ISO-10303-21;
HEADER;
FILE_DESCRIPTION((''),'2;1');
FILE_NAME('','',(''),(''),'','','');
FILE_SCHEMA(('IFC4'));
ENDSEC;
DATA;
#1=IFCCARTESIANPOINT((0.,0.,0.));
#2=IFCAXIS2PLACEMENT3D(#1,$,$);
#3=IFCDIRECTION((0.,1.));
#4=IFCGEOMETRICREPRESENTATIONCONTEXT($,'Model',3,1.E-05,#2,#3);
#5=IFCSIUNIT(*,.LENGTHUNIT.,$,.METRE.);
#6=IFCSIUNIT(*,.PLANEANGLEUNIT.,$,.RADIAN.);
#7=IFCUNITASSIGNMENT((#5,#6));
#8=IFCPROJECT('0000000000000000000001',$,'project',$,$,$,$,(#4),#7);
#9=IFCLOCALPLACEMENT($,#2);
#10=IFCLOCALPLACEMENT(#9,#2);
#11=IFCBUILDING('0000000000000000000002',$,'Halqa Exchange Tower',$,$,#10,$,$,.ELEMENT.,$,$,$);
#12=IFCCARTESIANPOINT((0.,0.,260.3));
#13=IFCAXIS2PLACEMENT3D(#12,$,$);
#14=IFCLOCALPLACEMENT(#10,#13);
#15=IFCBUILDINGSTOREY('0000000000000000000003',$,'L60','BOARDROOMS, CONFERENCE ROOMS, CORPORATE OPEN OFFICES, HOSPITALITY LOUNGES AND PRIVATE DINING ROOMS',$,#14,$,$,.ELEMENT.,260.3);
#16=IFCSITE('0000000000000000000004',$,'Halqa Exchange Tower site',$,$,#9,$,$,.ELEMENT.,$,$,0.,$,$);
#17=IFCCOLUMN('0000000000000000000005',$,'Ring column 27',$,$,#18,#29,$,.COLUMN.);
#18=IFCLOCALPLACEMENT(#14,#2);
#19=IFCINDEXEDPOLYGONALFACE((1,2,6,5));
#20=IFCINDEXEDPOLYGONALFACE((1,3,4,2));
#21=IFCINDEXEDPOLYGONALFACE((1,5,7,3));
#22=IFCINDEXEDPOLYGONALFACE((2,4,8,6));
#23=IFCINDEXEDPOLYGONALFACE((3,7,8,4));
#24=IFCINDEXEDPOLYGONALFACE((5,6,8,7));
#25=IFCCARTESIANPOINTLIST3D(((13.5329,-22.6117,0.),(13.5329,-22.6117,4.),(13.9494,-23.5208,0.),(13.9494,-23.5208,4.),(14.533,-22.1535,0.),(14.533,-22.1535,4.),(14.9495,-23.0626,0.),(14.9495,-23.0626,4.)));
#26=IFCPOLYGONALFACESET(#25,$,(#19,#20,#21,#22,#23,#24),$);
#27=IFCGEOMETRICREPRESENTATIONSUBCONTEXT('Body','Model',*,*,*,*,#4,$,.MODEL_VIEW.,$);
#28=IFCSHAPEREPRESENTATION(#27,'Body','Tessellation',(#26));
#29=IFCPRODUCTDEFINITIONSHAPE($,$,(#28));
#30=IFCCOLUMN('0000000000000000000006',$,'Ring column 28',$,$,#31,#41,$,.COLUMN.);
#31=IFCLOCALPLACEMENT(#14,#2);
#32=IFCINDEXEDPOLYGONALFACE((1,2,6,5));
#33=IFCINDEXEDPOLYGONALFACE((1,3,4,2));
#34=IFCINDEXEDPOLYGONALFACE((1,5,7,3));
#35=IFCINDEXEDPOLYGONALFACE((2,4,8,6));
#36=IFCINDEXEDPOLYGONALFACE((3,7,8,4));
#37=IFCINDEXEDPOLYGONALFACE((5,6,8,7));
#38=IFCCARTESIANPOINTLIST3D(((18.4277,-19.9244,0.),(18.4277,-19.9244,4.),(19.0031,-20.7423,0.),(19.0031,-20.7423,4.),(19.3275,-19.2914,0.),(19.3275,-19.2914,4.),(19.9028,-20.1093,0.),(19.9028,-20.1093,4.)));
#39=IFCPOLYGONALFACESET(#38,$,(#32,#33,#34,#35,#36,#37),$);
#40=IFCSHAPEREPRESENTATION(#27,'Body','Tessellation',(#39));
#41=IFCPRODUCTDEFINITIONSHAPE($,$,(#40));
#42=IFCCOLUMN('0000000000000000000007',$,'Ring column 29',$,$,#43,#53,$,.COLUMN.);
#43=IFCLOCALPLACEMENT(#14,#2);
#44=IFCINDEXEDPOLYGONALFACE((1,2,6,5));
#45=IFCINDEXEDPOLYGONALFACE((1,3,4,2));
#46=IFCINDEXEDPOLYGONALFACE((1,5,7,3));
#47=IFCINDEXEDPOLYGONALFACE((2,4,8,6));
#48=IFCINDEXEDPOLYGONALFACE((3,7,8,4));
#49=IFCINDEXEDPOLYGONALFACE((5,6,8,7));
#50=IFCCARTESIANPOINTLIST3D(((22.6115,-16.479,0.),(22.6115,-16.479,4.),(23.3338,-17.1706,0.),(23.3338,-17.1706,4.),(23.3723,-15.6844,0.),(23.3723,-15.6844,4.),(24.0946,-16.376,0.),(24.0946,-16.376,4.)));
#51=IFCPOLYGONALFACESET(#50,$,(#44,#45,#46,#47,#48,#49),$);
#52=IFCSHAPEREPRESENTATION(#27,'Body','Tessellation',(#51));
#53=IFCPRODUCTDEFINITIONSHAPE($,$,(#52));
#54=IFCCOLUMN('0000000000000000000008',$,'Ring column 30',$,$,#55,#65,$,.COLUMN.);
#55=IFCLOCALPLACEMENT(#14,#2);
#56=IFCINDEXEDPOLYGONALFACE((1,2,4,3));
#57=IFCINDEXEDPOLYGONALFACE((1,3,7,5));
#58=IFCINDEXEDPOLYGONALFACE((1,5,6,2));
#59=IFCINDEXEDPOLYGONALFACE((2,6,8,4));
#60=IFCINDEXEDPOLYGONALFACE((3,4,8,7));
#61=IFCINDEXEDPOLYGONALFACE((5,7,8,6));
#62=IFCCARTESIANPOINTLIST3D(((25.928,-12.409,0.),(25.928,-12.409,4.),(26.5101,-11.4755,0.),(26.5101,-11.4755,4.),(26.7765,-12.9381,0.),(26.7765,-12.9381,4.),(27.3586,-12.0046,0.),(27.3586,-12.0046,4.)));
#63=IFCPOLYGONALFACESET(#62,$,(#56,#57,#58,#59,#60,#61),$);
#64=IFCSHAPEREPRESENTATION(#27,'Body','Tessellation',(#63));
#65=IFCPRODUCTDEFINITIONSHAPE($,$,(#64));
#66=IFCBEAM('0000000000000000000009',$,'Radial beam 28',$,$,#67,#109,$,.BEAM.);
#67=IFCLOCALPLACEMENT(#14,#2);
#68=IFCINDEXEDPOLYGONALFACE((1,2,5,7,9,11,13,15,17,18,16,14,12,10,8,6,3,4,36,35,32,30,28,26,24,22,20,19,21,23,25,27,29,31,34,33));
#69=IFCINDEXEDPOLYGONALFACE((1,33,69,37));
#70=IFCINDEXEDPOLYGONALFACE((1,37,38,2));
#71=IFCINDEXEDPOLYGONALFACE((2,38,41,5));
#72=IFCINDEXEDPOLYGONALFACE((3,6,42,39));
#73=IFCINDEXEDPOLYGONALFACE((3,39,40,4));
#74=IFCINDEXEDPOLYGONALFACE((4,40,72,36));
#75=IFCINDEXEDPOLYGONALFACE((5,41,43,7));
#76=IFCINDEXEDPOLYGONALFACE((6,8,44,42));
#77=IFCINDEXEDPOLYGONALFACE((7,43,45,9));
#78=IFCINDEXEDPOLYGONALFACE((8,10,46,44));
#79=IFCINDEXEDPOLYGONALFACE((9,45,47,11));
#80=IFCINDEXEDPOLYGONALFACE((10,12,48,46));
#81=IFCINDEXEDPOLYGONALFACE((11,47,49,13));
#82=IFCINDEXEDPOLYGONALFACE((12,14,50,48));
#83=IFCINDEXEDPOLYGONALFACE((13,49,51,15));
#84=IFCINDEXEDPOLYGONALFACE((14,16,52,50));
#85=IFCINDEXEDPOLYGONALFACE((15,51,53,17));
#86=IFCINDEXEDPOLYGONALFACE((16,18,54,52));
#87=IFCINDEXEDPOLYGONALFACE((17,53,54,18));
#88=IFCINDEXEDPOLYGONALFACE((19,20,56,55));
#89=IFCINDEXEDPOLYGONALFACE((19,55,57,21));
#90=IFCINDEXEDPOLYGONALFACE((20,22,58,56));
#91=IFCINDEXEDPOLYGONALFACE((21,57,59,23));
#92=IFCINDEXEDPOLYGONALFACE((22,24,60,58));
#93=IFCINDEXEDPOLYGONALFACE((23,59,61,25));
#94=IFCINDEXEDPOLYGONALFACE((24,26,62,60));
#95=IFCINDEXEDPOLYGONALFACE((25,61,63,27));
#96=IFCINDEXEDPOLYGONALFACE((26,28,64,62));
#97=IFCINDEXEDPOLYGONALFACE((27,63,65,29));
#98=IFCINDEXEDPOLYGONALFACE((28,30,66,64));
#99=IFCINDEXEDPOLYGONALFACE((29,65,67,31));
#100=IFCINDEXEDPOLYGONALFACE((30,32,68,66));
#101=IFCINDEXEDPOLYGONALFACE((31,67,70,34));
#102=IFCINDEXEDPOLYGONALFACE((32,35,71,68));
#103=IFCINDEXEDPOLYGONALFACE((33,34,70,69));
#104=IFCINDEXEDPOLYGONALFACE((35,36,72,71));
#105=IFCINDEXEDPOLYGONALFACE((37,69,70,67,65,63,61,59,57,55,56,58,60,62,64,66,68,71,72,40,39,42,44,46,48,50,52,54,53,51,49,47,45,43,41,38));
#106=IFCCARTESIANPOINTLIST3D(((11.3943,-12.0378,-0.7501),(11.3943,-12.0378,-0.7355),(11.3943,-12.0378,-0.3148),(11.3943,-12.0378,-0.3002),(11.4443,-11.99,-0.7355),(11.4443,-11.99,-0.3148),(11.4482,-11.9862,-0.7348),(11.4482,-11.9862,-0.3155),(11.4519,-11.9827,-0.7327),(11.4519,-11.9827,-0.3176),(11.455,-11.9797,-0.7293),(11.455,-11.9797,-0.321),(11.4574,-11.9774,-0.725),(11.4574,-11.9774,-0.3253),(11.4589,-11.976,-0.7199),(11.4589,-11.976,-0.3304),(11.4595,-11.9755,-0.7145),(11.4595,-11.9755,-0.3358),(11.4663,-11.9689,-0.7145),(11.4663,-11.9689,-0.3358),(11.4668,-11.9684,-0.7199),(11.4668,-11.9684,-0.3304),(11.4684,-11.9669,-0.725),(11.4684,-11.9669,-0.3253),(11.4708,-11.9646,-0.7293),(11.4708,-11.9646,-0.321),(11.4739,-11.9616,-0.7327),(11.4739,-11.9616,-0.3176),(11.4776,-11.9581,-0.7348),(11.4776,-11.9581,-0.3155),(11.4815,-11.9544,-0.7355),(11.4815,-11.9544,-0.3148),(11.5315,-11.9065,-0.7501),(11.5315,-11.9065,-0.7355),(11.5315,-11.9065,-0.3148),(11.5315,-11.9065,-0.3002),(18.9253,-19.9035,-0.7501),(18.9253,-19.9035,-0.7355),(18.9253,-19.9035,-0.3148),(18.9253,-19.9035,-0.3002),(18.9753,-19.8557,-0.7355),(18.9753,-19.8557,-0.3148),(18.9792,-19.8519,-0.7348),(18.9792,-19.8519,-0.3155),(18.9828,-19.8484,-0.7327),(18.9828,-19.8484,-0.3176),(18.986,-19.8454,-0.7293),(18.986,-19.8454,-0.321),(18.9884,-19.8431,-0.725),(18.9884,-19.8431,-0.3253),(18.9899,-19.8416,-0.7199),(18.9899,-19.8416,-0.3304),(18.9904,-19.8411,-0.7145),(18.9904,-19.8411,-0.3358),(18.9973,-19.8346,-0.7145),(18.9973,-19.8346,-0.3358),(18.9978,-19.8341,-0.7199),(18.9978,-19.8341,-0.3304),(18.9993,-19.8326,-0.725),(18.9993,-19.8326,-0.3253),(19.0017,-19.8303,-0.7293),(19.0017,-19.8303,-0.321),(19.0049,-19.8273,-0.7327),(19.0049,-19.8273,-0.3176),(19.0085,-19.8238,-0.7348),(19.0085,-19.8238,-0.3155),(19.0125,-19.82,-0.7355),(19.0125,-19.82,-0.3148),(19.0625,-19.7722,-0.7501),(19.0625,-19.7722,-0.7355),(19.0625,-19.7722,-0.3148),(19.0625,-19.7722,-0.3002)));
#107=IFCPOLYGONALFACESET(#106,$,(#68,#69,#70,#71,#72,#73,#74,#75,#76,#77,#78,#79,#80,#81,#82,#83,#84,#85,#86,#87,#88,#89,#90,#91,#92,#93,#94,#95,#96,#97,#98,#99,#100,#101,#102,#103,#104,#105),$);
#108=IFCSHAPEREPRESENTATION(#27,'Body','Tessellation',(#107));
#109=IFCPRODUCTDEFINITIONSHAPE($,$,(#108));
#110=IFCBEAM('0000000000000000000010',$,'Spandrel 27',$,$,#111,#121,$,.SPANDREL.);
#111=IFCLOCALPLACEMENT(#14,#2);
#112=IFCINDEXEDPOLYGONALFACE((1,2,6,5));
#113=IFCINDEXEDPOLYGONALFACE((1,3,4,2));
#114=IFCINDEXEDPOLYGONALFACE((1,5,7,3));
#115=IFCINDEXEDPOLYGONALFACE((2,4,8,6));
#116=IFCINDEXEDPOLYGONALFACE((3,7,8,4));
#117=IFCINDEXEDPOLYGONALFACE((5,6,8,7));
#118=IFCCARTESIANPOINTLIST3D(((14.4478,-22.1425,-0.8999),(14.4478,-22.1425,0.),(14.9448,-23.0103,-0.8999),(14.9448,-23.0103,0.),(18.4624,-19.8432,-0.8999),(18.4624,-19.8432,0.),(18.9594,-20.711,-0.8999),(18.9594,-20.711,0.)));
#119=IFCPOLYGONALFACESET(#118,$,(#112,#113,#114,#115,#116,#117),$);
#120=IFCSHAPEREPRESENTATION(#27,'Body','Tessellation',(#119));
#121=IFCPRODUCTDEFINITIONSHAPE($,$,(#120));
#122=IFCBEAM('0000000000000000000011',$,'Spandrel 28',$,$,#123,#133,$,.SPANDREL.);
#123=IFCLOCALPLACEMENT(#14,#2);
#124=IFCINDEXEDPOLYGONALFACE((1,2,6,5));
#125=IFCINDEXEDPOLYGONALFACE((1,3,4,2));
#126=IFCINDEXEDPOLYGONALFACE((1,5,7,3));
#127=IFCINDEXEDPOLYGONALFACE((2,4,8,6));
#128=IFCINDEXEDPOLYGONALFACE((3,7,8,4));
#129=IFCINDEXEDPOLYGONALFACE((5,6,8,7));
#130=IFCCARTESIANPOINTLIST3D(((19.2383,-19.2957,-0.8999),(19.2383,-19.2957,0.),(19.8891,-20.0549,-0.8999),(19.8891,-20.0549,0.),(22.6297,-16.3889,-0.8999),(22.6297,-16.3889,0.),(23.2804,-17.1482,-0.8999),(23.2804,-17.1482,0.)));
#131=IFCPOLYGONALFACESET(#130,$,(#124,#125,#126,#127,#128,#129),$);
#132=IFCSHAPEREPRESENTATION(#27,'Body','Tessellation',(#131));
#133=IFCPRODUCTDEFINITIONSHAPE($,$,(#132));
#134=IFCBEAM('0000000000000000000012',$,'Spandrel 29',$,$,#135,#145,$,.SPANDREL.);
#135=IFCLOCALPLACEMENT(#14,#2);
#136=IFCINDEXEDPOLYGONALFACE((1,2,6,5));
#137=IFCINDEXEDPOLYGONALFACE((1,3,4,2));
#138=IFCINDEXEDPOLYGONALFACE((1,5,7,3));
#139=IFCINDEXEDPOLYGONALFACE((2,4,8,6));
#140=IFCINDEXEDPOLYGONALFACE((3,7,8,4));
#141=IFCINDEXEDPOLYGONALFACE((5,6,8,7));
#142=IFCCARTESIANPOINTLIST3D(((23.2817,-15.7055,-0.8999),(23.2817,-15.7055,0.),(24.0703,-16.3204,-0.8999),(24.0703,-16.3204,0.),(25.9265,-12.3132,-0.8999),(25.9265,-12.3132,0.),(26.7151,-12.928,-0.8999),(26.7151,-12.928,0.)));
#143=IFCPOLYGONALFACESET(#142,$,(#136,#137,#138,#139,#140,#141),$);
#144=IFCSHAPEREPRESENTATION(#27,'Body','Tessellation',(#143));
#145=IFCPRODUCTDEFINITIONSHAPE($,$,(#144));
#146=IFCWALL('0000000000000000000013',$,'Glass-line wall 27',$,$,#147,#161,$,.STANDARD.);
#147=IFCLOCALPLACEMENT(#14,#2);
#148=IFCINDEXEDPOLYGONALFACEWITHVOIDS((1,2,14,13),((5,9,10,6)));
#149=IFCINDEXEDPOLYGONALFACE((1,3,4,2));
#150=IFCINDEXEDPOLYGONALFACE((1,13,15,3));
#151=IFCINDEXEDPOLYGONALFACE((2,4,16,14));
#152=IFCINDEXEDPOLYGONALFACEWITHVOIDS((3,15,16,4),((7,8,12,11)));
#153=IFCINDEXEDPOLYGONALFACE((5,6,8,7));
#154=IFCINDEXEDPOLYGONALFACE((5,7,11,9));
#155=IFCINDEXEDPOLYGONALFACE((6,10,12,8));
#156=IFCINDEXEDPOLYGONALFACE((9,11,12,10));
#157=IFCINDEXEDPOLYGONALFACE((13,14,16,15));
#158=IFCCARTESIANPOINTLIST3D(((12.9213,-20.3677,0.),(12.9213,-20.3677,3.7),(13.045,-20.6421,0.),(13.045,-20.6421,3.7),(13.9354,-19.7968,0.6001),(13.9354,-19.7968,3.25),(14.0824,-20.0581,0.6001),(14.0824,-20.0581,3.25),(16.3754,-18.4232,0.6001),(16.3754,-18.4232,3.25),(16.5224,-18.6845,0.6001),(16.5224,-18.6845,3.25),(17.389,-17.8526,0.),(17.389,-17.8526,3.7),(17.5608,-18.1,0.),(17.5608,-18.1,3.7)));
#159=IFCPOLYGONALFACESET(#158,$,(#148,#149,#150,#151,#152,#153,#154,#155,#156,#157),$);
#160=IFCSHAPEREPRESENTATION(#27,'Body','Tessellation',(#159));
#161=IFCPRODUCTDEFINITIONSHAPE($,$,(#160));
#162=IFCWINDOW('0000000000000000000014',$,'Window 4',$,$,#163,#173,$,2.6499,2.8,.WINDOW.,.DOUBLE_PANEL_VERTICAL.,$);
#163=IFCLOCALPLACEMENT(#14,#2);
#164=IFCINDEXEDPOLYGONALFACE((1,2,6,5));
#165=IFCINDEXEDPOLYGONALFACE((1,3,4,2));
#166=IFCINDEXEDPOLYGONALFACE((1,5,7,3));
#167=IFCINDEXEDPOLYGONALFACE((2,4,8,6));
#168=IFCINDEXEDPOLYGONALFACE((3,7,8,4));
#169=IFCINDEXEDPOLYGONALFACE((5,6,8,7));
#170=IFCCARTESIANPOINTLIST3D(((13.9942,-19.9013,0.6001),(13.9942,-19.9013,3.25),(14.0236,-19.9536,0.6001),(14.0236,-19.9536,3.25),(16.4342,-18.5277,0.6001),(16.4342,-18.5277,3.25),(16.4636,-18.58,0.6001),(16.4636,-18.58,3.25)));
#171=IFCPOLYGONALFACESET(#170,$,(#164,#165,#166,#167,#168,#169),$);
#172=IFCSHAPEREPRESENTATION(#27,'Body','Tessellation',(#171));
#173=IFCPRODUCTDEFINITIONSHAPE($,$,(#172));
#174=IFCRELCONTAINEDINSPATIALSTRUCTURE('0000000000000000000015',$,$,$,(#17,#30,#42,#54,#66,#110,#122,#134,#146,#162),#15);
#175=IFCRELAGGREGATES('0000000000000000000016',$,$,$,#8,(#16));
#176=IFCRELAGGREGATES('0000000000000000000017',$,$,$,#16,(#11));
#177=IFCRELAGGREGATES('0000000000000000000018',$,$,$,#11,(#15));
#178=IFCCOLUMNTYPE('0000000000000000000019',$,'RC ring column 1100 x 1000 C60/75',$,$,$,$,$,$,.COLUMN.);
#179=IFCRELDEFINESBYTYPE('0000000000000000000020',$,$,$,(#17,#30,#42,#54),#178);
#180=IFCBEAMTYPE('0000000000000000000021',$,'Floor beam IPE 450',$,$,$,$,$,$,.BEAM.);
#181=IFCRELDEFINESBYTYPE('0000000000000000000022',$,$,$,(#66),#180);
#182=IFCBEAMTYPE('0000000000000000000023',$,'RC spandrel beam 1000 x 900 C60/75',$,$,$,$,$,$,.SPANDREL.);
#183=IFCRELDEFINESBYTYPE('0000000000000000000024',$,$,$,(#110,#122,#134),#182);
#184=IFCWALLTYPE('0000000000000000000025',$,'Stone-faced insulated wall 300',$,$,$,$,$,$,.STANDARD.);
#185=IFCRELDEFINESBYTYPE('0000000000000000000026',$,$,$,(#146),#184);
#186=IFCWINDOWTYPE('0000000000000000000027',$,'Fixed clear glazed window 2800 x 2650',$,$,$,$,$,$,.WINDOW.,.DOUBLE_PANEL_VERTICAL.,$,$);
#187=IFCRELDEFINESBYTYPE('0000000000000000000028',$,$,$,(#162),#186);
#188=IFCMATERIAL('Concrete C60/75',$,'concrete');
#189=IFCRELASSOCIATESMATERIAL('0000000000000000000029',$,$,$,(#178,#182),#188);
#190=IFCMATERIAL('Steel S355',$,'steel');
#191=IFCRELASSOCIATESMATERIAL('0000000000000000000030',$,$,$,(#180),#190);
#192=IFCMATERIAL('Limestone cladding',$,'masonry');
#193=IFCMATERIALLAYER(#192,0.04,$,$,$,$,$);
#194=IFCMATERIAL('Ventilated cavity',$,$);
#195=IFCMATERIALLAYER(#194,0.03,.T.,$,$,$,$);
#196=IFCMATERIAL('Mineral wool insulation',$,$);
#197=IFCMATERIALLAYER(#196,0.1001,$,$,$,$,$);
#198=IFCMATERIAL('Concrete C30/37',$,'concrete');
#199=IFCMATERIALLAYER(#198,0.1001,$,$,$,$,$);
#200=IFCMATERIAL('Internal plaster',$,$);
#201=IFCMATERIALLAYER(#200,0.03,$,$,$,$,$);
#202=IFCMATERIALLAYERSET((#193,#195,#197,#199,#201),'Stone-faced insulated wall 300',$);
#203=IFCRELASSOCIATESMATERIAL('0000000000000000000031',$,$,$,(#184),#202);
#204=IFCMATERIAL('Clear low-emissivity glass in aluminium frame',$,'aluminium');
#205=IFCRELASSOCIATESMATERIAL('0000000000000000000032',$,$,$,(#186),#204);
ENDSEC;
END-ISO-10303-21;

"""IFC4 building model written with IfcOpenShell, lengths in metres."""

from ifc_helpers import new_model, si_unit, direction, frame, frame_2d, origin, origin_2d, place, context, subcontext, project, spatial, polyline, rectangle, i_section, outline, extrude, material, layer, layer_set, material_profile, profile_set, type_object, element, fill, save


model = new_model("IFC4")

# Units and contexts
model_context = context("Model", 3, precision=1e-05, world=origin(), true_north=direction((0.0, 1.0)))
body_context = subcontext(model_context, "Body", "Model", "MODEL_VIEW")
ifc_project = project(units=[si_unit("LENGTHUNIT", "METRE"), si_unit("PLANEANGLEUNIT", "RADIAN")], contexts=[model_context])

# Site, building, storey
site_placement = place(None, origin())
site = spatial("IfcSite", under=ifc_project, at=site_placement, Name="Halqa Exchange Tower site", CompositionType="ELEMENT", RefElevation=0.0)
building_placement = place(site_placement, origin())
building = spatial("IfcBuilding", under=site, at=building_placement, Name="Halqa Exchange Tower", CompositionType="ELEMENT")
storey_placement = place(building_placement, frame((0.0, 0.0, 260.3)))
storey = spatial("IfcBuildingStorey", under=building, at=storey_placement, Name="L60", Description="BOARDROOMS, CONFERENCE ROOMS, CORPORATE OPEN OFFICES, HOSPITALITY LOUNGES AND PRIVATE DINING ROOMS", CompositionType="ELEMENT", Elevation=260.3)

# Columns
ifc_material_1 = material(Name="Concrete C60/75", Category="concrete")
ifc_material_profile_1 = material_profile(ifc_material_1, rectangle(XDim=1.1001, YDim=1.0, at=origin_2d()), Name="1100 x 1000")
ifc_profile_set_1 = profile_set([ifc_material_profile_1], Name="Concrete C60/75")
column_type = type_object("IfcColumnType", Name="RC ring column 1100 x 1000 C60/75", PredefinedType="COLUMN", material=ifc_profile_set_1)
for number, where, z_axis, x_axis, name in (
    (1, (14.2412, -22.8372, 0.0), (0.0, 0.0, 1.0), (0.909128, 0.416517, 0.0), "Ring column 27"),
    (2, (19.1653, -20.0168, 0.0), (0.0, 0.0, 1.0), (0.817907, 0.575351, 0.0), "Ring column 28"),
    (3, (23.353, -16.4275, 0.0), (0.0, 0.0, 1.0), (0.691579, 0.722301, 0.0), "Ring column 29"),
    (4, (26.6433, -12.2068, 0.0), (0.0, 0.0, 1.0), (0.52914, 0.848534, 0.0), "Ring column 30"),
):
    element("IfcColumn", number, at=place(storey_placement, frame(where, z_axis=z_axis, x_axis=x_axis)), inside=storey, type_object=column_type, Name=name, PredefinedType="COLUMN", context=body_context, shape_type="SweptSolid", body=[
        extrude(rectangle(XDim=1.1001, YDim=1.0, at=origin_2d()), origin(), (0.0, 0.0, 1.0), 4.0),
    ])

# Beams
ifc_material_2 = material(Name="Steel S355", Category="steel")
ifc_material_profile_2 = material_profile(ifc_material_2, i_section(OverallWidth=0.1899, OverallDepth=0.45, WebThickness=0.0095, FlangeThickness=0.0146, FilletRadius=0.021, at=origin_2d()), Name="IPE 450")
ifc_profile_set_2 = profile_set([ifc_material_profile_2], Name="Steel S355")
beam_type_1 = type_object("IfcBeamType", Name="Floor beam IPE 450", PredefinedType="BEAM", material=ifc_profile_set_2)
beam_1_placement = place(storey_placement, frame((11.4629, -11.9722, -0.5251), z_axis=(0.691571, -0.722308, 0.0), x_axis=(0.722308, 0.691571, 0.0)))
element("IfcBeam", 5, at=beam_1_placement, inside=storey, type_object=beam_type_1, Name="Radial beam 28", PredefinedType="BEAM", context=body_context, shape_type="SweptSolid", body=[
    extrude(i_section(OverallWidth=0.1899, OverallDepth=0.45, WebThickness=0.0095, FlangeThickness=0.0146, FilletRadius=0.021, at=origin_2d()), origin(), (0.0, 0.0, 1.0), 10.8896),
])
ifc_material_profile_3 = material_profile(ifc_material_1, rectangle(XDim=1.0, YDim=0.8999, at=origin_2d()), Name="1000 x 900")
ifc_profile_set_3 = profile_set([ifc_material_profile_3], Name="Concrete C60/75")
beam_type_2 = type_object("IfcBeamType", Name="RC spandrel beam 1000 x 900 C60/75", PredefinedType="SPANDREL", material=ifc_profile_set_3)
beam_2_placement = place(storey_placement, frame((14.6963, -22.5764, -0.45), z_axis=(0.867756, 0.496991, 0.0), x_axis=(-0.496991, 0.867756, 0.0)))
element("IfcBeam", 6, at=beam_2_placement, inside=storey, type_object=beam_type_2, Name="Spandrel 27", PredefinedType="SPANDREL", context=body_context, shape_type="SweptSolid", body=[
    extrude(rectangle(XDim=1.0, YDim=0.8999, at=origin_2d()), origin(), (0.0, 0.0, 1.0), 4.6265),
])
beam_3_placement = place(storey_placement, frame((19.5637, -19.6753, -0.45), z_axis=(0.759272, 0.650773, 0.0), x_axis=(-0.650773, 0.759272, 0.0)))
element("IfcBeam", 7, at=beam_3_placement, inside=storey, type_object=beam_type_2, Name="Spandrel 28", PredefinedType="SPANDREL", context=body_context, shape_type="SweptSolid", body=[
    extrude(rectangle(XDim=1.0, YDim=0.8999, at=origin_2d()), origin(), (0.0, 0.0, 1.0), 4.4666),
])
beam_4_placement = place(storey_placement, frame((23.676, -16.0129, -0.45), z_axis=(0.614852, 0.788643, 0.0), x_axis=(-0.788643, 0.614852, 0.0)))
element("IfcBeam", 8, at=beam_4_placement, inside=storey, type_object=beam_type_2, Name="Spandrel 29", PredefinedType="SPANDREL", context=body_context, shape_type="SweptSolid", body=[
    extrude(rectangle(XDim=1.0, YDim=0.8999, at=origin_2d()), origin(), (0.0, 0.0, 1.0), 4.3015),
])

# Wall, opening, window
ifc_material_3 = material(Name="Limestone cladding", Category="masonry")
ifc_layer_1 = layer(ifc_material_3, 0.04)
ifc_material_4 = material(Name="Ventilated cavity")
ifc_layer_2 = layer(ifc_material_4, 0.03, ventilated=True)
ifc_material_5 = material(Name="Mineral wool insulation")
ifc_layer_3 = layer(ifc_material_5, 0.1001)
ifc_material_6 = material(Name="Concrete C30/37", Category="concrete")
ifc_layer_4 = layer(ifc_material_6, 0.1001)
ifc_material_7 = material(Name="Internal plaster")
ifc_layer_5 = layer(ifc_material_7, 0.03)
ifc_layer_set_1 = layer_set([ifc_layer_1, ifc_layer_2, ifc_layer_3, ifc_layer_4, ifc_layer_5], Name="Stone-faced insulated wall 300")
wall_type_1 = type_object("IfcWallType", Name="Stone-faced insulated wall 300", PredefinedType="STANDARD", material=ifc_layer_set_1)
wall_1_placement = place(storey_placement, frame((12.9832, -20.5049, 0.0), z_axis=(0.0, 0.0, 1.0), x_axis=(0.871411, 0.490554, 0.0)))
wall_1 = element("IfcWall", 9, at=wall_1_placement, inside=storey, type_object=wall_type_1, Name="Glass-line wall 27", PredefinedType="STANDARD", context=body_context, shape_type="SweptSolid", body=[
    extrude(outline(polyline([(-0.0134, -0.1499), (5.1687, -0.1499), (5.1404, 0.1499), (0.0134, 0.1499), (-0.0134, -0.1499)])), origin(), (0.0, 0.0, 1.0), 3.7),
])
opening_1_placement = place(wall_1_placement, frame((1.1772, 0.0, 0.6001)))
opening_1 = element("IfcOpeningElement", 10, at=opening_1_placement, cuts=wall_1, PredefinedType="OPENING", context=body_context, shape_type="SweptSolid", body=[
    extrude(rectangle(XDim=2.8, YDim=2.6499, at=frame_2d((1.3999, 1.325))), frame((0.0, 0.1621, 0.0), z_axis=(0.0, -1.0, 0.0), x_axis=(1.0, 0.0, 0.0)), (0.0, 0.0, 1.0), 0.324),
])
ifc_material_8 = material(Name="Clear low-emissivity glass in aluminium frame", Category="aluminium")
window_type = type_object("IfcWindowType", Name="Fixed clear glazed window 2800 x 2650", PartitioningType="DOUBLE_PANEL_VERTICAL", PredefinedType="WINDOW", material=ifc_material_8)
window_1_placement = place(opening_1_placement, origin())
window_1 = element("IfcWindow", 11, at=window_1_placement, inside=storey, type_object=window_type, Name="Window 4", OverallHeight=2.6499, OverallWidth=2.8, PartitioningType="DOUBLE_PANEL_VERTICAL", PredefinedType="WINDOW", context=body_context, shape_type="SweptSolid", body=[
    extrude(rectangle(XDim=2.8, YDim=2.6499, at=frame_2d((1.3999, 1.325))), frame((0.0, 0.03, 0.0), z_axis=(0.0, -1.0, 0.0), x_axis=(1.0, 0.0, 0.0)), (0.0, 0.0, 1.0), 0.0601),
])
fill(opening_1, window_1)

save(model, "model.ifc")
